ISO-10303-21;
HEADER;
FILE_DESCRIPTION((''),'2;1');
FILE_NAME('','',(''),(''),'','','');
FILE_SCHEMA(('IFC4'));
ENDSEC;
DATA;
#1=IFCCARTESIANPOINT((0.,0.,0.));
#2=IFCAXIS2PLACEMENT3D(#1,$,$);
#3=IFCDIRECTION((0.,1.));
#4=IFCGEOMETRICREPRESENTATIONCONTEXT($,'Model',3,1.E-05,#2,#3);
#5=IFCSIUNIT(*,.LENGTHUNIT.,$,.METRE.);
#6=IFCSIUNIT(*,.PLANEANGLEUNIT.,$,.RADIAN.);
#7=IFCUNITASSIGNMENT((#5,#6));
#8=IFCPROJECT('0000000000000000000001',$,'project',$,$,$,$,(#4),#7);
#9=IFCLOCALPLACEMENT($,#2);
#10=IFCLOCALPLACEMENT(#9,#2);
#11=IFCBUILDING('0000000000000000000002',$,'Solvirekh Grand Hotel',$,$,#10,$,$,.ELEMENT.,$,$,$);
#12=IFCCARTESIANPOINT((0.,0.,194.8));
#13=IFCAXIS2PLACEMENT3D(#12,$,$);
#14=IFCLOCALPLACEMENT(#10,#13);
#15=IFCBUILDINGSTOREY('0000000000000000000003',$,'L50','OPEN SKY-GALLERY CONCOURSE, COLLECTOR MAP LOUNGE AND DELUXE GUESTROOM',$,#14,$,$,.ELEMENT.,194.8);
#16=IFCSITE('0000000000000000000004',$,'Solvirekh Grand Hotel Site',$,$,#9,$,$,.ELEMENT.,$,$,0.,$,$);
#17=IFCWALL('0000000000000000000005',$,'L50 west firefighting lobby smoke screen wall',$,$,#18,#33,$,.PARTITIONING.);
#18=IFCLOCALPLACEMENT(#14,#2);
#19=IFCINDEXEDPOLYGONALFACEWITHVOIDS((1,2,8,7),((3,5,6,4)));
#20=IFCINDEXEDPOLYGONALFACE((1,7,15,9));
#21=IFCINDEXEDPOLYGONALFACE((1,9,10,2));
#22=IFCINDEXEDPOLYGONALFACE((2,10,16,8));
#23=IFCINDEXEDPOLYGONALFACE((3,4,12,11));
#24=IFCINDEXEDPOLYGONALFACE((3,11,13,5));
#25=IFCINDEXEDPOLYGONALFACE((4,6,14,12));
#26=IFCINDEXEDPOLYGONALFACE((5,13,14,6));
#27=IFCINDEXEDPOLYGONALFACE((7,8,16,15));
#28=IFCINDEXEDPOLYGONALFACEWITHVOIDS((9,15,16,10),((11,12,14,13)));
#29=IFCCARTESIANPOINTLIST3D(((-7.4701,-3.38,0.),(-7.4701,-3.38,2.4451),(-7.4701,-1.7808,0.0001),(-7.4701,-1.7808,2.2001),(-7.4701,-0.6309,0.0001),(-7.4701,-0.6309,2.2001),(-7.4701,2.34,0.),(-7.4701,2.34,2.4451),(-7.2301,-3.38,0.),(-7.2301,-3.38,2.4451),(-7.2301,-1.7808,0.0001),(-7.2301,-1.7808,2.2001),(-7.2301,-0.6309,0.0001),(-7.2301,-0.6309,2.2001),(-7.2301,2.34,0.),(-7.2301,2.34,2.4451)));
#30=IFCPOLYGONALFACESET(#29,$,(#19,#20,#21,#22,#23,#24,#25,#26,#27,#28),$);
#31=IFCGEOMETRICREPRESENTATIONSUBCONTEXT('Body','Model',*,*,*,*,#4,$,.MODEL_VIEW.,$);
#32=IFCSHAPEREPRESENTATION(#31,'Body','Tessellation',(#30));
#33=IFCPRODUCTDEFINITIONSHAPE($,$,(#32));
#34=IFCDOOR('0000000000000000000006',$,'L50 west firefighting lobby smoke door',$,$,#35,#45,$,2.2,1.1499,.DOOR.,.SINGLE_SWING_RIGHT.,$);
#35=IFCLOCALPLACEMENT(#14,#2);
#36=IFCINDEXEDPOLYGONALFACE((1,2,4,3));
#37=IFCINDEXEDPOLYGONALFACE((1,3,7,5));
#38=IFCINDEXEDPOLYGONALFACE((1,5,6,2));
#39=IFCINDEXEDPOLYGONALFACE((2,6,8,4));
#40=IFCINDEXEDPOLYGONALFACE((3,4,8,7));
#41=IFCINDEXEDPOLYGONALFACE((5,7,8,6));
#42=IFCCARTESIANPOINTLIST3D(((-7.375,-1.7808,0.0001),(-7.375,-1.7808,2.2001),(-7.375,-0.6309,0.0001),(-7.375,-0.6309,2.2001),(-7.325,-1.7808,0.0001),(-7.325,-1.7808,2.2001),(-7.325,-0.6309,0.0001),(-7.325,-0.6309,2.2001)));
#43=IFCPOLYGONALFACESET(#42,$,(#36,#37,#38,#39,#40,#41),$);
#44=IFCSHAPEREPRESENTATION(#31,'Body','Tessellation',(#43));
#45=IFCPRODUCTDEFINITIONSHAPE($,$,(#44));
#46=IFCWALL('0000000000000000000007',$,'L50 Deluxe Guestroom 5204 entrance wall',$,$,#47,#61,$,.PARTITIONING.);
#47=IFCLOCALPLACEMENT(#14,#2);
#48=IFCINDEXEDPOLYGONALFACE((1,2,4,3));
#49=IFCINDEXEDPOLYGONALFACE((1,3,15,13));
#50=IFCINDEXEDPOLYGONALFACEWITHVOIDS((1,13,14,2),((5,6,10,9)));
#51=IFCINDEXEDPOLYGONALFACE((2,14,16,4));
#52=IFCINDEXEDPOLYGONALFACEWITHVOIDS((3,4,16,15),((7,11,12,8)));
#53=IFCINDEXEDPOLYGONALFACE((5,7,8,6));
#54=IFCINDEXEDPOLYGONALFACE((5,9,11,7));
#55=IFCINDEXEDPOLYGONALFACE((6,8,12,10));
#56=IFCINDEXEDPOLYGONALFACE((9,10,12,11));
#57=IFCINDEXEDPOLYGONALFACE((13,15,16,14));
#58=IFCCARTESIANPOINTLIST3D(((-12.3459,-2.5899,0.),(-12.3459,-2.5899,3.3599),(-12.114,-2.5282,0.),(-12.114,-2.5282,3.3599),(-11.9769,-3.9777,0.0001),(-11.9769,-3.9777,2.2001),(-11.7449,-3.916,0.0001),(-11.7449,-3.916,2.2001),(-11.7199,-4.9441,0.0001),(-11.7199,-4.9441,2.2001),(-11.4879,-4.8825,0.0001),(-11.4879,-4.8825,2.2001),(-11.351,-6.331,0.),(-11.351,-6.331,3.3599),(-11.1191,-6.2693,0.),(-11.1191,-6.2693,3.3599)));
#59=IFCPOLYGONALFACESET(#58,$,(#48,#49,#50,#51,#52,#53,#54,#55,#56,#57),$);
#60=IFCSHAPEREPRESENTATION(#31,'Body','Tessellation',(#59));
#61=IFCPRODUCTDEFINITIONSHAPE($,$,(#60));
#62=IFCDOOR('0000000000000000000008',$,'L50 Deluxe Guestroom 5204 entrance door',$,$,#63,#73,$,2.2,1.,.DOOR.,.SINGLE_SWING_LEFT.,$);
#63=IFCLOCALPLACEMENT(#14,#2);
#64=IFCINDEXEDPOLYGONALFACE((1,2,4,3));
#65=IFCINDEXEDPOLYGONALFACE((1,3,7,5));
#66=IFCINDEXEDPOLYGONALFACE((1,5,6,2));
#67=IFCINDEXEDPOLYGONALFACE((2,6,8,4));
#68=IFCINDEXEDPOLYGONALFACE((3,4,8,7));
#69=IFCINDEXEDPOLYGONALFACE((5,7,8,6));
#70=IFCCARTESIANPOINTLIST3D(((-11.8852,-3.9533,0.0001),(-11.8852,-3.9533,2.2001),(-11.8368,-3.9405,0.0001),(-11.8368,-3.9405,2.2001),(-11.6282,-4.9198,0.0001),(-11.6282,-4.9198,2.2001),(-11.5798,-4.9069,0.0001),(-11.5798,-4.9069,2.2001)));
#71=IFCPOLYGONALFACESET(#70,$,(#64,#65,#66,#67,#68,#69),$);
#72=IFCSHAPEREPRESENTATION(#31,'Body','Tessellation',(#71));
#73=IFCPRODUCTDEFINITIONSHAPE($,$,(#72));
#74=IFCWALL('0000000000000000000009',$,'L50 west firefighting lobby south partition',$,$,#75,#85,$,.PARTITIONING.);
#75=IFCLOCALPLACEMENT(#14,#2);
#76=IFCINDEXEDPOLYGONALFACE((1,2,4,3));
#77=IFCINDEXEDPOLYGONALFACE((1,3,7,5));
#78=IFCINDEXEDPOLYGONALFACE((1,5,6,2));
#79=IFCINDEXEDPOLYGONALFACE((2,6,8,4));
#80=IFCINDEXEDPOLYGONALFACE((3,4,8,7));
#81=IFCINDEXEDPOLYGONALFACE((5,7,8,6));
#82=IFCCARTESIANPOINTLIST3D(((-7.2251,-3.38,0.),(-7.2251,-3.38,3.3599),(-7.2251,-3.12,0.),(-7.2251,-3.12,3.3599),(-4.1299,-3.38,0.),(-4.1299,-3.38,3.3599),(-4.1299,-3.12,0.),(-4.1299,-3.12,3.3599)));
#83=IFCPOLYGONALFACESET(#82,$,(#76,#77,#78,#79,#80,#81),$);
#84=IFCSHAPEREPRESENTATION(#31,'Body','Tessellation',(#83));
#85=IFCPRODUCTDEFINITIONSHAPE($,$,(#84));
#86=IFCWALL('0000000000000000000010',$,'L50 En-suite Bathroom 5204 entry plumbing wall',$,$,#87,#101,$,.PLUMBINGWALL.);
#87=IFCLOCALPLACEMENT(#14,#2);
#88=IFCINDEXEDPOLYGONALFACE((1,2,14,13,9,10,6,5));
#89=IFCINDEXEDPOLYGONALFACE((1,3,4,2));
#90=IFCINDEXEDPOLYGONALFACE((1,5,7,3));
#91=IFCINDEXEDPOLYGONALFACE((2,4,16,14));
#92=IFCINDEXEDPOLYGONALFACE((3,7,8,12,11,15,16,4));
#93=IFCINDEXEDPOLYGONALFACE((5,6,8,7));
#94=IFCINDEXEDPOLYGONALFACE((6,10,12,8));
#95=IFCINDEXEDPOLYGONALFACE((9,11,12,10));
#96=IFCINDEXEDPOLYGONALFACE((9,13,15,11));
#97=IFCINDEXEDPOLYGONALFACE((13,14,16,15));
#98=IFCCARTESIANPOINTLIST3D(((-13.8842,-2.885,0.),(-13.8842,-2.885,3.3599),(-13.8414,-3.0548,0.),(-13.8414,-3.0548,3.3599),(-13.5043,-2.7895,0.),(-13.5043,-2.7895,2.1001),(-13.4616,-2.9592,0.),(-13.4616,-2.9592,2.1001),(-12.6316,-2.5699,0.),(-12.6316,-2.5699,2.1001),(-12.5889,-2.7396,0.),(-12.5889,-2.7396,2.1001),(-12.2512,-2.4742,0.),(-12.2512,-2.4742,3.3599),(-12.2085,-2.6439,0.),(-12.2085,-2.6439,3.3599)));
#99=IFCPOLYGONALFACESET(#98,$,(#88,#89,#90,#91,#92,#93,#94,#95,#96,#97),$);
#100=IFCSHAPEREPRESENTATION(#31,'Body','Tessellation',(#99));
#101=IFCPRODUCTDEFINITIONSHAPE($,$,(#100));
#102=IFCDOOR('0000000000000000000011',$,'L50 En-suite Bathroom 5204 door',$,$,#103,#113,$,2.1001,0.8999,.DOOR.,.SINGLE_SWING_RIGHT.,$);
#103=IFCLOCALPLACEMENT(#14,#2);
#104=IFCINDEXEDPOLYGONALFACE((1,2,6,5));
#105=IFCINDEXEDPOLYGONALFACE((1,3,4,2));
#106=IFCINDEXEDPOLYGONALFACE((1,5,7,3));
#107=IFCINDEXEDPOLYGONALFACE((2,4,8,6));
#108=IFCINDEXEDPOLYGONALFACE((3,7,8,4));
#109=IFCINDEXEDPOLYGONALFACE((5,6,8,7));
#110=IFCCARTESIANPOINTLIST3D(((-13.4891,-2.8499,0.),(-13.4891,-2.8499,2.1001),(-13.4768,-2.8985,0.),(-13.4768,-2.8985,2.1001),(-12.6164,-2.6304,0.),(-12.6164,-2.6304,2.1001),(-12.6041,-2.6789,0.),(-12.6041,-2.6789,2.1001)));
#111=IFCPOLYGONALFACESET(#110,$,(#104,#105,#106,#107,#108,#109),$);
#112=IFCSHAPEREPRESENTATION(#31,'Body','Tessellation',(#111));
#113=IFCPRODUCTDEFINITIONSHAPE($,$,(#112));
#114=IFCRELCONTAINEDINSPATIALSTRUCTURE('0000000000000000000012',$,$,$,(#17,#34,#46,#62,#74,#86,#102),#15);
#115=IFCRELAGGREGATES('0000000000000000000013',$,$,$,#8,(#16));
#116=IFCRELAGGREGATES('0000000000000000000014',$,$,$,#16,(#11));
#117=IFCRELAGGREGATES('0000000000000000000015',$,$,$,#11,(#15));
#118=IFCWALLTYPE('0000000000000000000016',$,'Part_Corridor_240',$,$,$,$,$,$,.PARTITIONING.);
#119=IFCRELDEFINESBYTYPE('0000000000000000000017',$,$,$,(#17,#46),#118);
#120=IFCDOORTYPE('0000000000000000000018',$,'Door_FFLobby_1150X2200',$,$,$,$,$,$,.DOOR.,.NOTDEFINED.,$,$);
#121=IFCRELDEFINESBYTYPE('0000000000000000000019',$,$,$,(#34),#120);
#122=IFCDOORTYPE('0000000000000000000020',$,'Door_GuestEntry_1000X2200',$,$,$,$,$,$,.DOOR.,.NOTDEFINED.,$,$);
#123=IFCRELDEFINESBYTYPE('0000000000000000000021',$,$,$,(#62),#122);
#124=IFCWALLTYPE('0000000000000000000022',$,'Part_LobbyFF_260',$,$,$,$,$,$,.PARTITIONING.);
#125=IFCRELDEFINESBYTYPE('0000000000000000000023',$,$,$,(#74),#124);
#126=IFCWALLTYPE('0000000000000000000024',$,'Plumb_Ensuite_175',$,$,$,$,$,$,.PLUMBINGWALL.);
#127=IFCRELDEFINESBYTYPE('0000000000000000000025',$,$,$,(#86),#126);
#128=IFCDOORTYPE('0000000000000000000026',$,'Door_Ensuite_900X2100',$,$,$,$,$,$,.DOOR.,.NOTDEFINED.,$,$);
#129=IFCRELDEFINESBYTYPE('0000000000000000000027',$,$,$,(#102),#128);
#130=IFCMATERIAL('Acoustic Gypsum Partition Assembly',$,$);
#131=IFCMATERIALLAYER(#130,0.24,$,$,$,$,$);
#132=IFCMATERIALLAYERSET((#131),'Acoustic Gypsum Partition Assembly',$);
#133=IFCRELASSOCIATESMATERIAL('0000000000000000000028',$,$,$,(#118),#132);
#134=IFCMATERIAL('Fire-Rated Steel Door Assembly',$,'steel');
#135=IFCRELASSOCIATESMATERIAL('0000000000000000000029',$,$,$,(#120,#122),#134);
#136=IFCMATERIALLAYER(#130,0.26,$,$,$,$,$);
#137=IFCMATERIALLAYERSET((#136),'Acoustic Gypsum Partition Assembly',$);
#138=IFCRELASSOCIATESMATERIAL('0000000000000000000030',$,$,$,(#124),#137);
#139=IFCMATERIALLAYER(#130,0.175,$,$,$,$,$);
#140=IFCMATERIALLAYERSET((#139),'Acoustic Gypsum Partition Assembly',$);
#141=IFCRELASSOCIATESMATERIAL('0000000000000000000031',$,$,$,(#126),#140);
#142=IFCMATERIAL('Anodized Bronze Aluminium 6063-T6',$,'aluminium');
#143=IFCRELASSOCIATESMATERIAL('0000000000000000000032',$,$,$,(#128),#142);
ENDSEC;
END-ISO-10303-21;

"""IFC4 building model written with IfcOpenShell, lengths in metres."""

from ifc_helpers import new_model, si_unit, direction, frame, frame_2d, origin, place, context, subcontext, project, spatial, rectangle, extrude, material, layer, layer_set, type_object, element, fill, save


model = new_model("IFC4")

# Units and contexts
model_context = context("Model", 3, precision=1e-05, world=origin(), true_north=direction((0.0, 1.0)))
body_context = subcontext(model_context, "Body", "Model", "MODEL_VIEW")
ifc_project = project(units=[si_unit("LENGTHUNIT", "METRE"), si_unit("PLANEANGLEUNIT", "RADIAN")], contexts=[model_context])

# Site, building, storey
site_placement = place(None, origin())
site = spatial("IfcSite", under=ifc_project, at=site_placement, Name="Solvirekh Grand Hotel Site", CompositionType="ELEMENT", RefElevation=0.0)
building_placement = place(site_placement, origin())
building = spatial("IfcBuilding", under=site, at=building_placement, Name="Solvirekh Grand Hotel", CompositionType="ELEMENT")
storey_placement = place(building_placement, frame((0.0, 0.0, 194.8)))
storey = spatial("IfcBuildingStorey", under=building, at=storey_placement, Name="L50", Description="OPEN SKY-GALLERY CONCOURSE, COLLECTOR MAP LOUNGE AND DELUXE GUESTROOM", CompositionType="ELEMENT", Elevation=194.8)

# Shared definitions
ifc_material_1 = material(Name="Anodized Bronze Aluminium 6063-T6", Category="aluminium")

# Walls, openings, doors
ifc_material_2 = material(Name="Acoustic Gypsum Partition Assembly")
ifc_layer_1 = layer(ifc_material_2, 0.24)
ifc_layer_set_1 = layer_set([ifc_layer_1], Name="Acoustic Gypsum Partition Assembly")
wall_type_1 = type_object("IfcWallType", Name="Part_Corridor_240", PredefinedType="PARTITIONING", material=ifc_layer_set_1)
wall_1_placement = place(storey_placement, frame((-7.3501, -3.3799, 0.0), z_axis=(0.0, 0.0, 1.0), x_axis=(0.0, 1.0, 0.0)))
wall_1 = element("IfcWall", 1, at=wall_1_placement, inside=storey, type_object=wall_type_1, Name="L50 west firefighting lobby smoke screen wall", PredefinedType="PARTITIONING", context=body_context, shape_type="SweptSolid", body=[
    extrude(rectangle(XDim=5.72, YDim=0.24, at=frame_2d((2.8599, 0.0))), origin(), (0.0, 0.0, 1.0), 2.4451),
])
opening_1_placement = place(wall_1_placement, frame((1.5991, 0.0, 0.0)))
opening_1 = element("IfcOpeningElement", 2, at=opening_1_placement, cuts=wall_1, PredefinedType="OPENING", context=body_context, shape_type="SweptSolid", body=[
    extrude(rectangle(XDim=1.1499, YDim=2.2, at=frame_2d((0.575, 1.1001))), frame((0.0, 0.1299, 0.0), z_axis=(0.0, -1.0, 0.0), x_axis=(1.0, 0.0, 0.0)), (0.0, 0.0, 1.0), 0.26),
])
ifc_material_3 = material(Name="Fire-Rated Steel Door Assembly", Category="steel")
door_type_1 = type_object("IfcDoorType", Name="Door_FFLobby_1150X2200", OperationType="NOTDEFINED", PredefinedType="DOOR", material=ifc_material_3)
door_1_placement = place(opening_1_placement, origin())
door_1 = element("IfcDoor", 3, at=door_1_placement, inside=storey, type_object=door_type_1, Name="L50 west firefighting lobby smoke door", OperationType="SINGLE_SWING_RIGHT", OverallHeight=2.2, OverallWidth=1.1499, PredefinedType="DOOR", context=body_context, shape_type="SweptSolid", body=[
    extrude(rectangle(XDim=1.1499, YDim=2.2, at=frame_2d((0.575, 1.1001))), frame((0.0, 0.0249, 0.0), z_axis=(0.0, -1.0, 0.0), x_axis=(1.0, 0.0, 0.0)), (0.0, 0.0, 1.0), 0.05),
])
fill(opening_1, door_1)
wall_2_placement = place(storey_placement, frame((-12.23, -2.5591, 0.0), z_axis=(0.0, 0.0, 1.0), x_axis=(0.257007, -0.96641, 0.0)))
wall_2 = element("IfcWall", 4, at=wall_2_placement, inside=storey, type_object=wall_type_1, Name="L50 Deluxe Guestroom 5204 entrance wall", PredefinedType="PARTITIONING", context=body_context, shape_type="SweptSolid", body=[
    extrude(rectangle(XDim=3.8711, YDim=0.24, at=frame_2d((1.9355, 0.0))), origin(), (0.0, 0.0, 1.0), 3.3599),
])
opening_2_placement = place(wall_2_placement, frame((1.436, 0.0, 0.0)))
opening_2 = element("IfcOpeningElement", 5, at=opening_2_placement, cuts=wall_2, PredefinedType="OPENING", context=body_context, shape_type="SweptSolid", body=[
    extrude(rectangle(XDim=1.0, YDim=2.2, at=frame_2d((0.5, 1.1001))), frame((0.0, 0.1299, 0.0), z_axis=(0.0, -1.0, 0.0), x_axis=(1.0, 0.0, 0.0)), (0.0, 0.0, 1.0), 0.26),
])
door_type_2 = type_object("IfcDoorType", Name="Door_GuestEntry_1000X2200", OperationType="NOTDEFINED", PredefinedType="DOOR", material=ifc_material_3)
door_2_placement = place(opening_2_placement, origin())
door_2 = element("IfcDoor", 6, at=door_2_placement, inside=storey, type_object=door_type_2, Name="L50 Deluxe Guestroom 5204 entrance door", OperationType="SINGLE_SWING_LEFT", OverallHeight=2.2, OverallWidth=1.0, PredefinedType="DOOR", context=body_context, shape_type="SweptSolid", body=[
    extrude(rectangle(XDim=1.0, YDim=2.2, at=frame_2d((0.5, 1.1001))), frame((0.0, 0.0249, 0.0), z_axis=(0.0, -1.0, 0.0), x_axis=(1.0, 0.0, 0.0)), (0.0, 0.0, 1.0), 0.05),
])
fill(opening_2, door_2)

# Wall
ifc_layer_2 = layer(ifc_material_2, 0.26)
ifc_layer_set_2 = layer_set([ifc_layer_2], Name="Acoustic Gypsum Partition Assembly")
wall_type_2 = type_object("IfcWallType", Name="Part_LobbyFF_260", PredefinedType="PARTITIONING", material=ifc_layer_set_2)
wall_3_placement = place(storey_placement, frame((-7.2251, -3.25, 0.0), z_axis=(0.0, 0.0, 1.0), x_axis=(1.0, 0.0, 0.0)))
element("IfcWall", 7, at=wall_3_placement, inside=storey, type_object=wall_type_2, Name="L50 west firefighting lobby south partition", PredefinedType="PARTITIONING", context=body_context, shape_type="SweptSolid", body=[
    extrude(rectangle(XDim=3.0952, YDim=0.26, at=frame_2d((1.5476, 0.0))), origin(), (0.0, 0.0, 1.0), 3.3599),
])

# Wall, opening, door
ifc_layer_3 = layer(ifc_material_2, 0.175)
ifc_layer_set_3 = layer_set([ifc_layer_3], Name="Acoustic Gypsum Partition Assembly")
wall_type_3 = type_object("IfcWallType", Name="Plumb_Ensuite_175", PredefinedType="PLUMBINGWALL", material=ifc_layer_set_3)
wall_4_placement = place(storey_placement, frame((-12.23, -2.5591, 0.0), z_axis=(0.0, 0.0, 1.0), x_axis=(-0.969775, -0.244002, 0.0)))
wall_4 = element("IfcWall", 8, at=wall_4_placement, inside=storey, type_object=wall_type_3, Name="L50 En-suite Bathroom 5204 entry plumbing wall", PredefinedType="PLUMBINGWALL", context=body_context, shape_type="SweptSolid", body=[
    extrude(rectangle(XDim=1.6838, YDim=0.175, at=frame_2d((0.8418, 0.0))), origin(), (0.0, 0.0, 1.0), 3.3599),
])
opening_3_placement = place(wall_4_placement, frame((0.3921, 0.0, 0.0)))
opening_3 = element("IfcOpeningElement", 9, at=opening_3_placement, cuts=wall_4, PredefinedType="OPENING", context=body_context, shape_type="SweptSolid", body=[
    extrude(rectangle(XDim=0.8999, YDim=2.1001, at=frame_2d((0.45, 1.05))), frame((0.0, 0.0977, 0.0), z_axis=(0.0, -1.0, 0.0), x_axis=(1.0, 0.0, 0.0)), (0.0, 0.0, 1.0), 0.1951),
])
door_type_3 = type_object("IfcDoorType", Name="Door_Ensuite_900X2100", OperationType="NOTDEFINED", PredefinedType="DOOR", material=ifc_material_1)
door_3_placement = place(opening_3_placement, origin())
door_3 = element("IfcDoor", 10, at=door_3_placement, inside=storey, type_object=door_type_3, Name="L50 En-suite Bathroom 5204 door", OperationType="SINGLE_SWING_RIGHT", OverallHeight=2.1001, OverallWidth=0.8999, PredefinedType="DOOR", context=body_context, shape_type="SweptSolid", body=[
    extrude(rectangle(XDim=0.8999, YDim=2.1001, at=frame_2d((0.45, 1.05))), frame((0.0, 0.0249, 0.0), z_axis=(0.0, -1.0, 0.0), x_axis=(1.0, 0.0, 0.0)), (0.0, 0.0, 1.0), 0.05),
])
fill(opening_3, door_3)

save(model, "model.ifc")
